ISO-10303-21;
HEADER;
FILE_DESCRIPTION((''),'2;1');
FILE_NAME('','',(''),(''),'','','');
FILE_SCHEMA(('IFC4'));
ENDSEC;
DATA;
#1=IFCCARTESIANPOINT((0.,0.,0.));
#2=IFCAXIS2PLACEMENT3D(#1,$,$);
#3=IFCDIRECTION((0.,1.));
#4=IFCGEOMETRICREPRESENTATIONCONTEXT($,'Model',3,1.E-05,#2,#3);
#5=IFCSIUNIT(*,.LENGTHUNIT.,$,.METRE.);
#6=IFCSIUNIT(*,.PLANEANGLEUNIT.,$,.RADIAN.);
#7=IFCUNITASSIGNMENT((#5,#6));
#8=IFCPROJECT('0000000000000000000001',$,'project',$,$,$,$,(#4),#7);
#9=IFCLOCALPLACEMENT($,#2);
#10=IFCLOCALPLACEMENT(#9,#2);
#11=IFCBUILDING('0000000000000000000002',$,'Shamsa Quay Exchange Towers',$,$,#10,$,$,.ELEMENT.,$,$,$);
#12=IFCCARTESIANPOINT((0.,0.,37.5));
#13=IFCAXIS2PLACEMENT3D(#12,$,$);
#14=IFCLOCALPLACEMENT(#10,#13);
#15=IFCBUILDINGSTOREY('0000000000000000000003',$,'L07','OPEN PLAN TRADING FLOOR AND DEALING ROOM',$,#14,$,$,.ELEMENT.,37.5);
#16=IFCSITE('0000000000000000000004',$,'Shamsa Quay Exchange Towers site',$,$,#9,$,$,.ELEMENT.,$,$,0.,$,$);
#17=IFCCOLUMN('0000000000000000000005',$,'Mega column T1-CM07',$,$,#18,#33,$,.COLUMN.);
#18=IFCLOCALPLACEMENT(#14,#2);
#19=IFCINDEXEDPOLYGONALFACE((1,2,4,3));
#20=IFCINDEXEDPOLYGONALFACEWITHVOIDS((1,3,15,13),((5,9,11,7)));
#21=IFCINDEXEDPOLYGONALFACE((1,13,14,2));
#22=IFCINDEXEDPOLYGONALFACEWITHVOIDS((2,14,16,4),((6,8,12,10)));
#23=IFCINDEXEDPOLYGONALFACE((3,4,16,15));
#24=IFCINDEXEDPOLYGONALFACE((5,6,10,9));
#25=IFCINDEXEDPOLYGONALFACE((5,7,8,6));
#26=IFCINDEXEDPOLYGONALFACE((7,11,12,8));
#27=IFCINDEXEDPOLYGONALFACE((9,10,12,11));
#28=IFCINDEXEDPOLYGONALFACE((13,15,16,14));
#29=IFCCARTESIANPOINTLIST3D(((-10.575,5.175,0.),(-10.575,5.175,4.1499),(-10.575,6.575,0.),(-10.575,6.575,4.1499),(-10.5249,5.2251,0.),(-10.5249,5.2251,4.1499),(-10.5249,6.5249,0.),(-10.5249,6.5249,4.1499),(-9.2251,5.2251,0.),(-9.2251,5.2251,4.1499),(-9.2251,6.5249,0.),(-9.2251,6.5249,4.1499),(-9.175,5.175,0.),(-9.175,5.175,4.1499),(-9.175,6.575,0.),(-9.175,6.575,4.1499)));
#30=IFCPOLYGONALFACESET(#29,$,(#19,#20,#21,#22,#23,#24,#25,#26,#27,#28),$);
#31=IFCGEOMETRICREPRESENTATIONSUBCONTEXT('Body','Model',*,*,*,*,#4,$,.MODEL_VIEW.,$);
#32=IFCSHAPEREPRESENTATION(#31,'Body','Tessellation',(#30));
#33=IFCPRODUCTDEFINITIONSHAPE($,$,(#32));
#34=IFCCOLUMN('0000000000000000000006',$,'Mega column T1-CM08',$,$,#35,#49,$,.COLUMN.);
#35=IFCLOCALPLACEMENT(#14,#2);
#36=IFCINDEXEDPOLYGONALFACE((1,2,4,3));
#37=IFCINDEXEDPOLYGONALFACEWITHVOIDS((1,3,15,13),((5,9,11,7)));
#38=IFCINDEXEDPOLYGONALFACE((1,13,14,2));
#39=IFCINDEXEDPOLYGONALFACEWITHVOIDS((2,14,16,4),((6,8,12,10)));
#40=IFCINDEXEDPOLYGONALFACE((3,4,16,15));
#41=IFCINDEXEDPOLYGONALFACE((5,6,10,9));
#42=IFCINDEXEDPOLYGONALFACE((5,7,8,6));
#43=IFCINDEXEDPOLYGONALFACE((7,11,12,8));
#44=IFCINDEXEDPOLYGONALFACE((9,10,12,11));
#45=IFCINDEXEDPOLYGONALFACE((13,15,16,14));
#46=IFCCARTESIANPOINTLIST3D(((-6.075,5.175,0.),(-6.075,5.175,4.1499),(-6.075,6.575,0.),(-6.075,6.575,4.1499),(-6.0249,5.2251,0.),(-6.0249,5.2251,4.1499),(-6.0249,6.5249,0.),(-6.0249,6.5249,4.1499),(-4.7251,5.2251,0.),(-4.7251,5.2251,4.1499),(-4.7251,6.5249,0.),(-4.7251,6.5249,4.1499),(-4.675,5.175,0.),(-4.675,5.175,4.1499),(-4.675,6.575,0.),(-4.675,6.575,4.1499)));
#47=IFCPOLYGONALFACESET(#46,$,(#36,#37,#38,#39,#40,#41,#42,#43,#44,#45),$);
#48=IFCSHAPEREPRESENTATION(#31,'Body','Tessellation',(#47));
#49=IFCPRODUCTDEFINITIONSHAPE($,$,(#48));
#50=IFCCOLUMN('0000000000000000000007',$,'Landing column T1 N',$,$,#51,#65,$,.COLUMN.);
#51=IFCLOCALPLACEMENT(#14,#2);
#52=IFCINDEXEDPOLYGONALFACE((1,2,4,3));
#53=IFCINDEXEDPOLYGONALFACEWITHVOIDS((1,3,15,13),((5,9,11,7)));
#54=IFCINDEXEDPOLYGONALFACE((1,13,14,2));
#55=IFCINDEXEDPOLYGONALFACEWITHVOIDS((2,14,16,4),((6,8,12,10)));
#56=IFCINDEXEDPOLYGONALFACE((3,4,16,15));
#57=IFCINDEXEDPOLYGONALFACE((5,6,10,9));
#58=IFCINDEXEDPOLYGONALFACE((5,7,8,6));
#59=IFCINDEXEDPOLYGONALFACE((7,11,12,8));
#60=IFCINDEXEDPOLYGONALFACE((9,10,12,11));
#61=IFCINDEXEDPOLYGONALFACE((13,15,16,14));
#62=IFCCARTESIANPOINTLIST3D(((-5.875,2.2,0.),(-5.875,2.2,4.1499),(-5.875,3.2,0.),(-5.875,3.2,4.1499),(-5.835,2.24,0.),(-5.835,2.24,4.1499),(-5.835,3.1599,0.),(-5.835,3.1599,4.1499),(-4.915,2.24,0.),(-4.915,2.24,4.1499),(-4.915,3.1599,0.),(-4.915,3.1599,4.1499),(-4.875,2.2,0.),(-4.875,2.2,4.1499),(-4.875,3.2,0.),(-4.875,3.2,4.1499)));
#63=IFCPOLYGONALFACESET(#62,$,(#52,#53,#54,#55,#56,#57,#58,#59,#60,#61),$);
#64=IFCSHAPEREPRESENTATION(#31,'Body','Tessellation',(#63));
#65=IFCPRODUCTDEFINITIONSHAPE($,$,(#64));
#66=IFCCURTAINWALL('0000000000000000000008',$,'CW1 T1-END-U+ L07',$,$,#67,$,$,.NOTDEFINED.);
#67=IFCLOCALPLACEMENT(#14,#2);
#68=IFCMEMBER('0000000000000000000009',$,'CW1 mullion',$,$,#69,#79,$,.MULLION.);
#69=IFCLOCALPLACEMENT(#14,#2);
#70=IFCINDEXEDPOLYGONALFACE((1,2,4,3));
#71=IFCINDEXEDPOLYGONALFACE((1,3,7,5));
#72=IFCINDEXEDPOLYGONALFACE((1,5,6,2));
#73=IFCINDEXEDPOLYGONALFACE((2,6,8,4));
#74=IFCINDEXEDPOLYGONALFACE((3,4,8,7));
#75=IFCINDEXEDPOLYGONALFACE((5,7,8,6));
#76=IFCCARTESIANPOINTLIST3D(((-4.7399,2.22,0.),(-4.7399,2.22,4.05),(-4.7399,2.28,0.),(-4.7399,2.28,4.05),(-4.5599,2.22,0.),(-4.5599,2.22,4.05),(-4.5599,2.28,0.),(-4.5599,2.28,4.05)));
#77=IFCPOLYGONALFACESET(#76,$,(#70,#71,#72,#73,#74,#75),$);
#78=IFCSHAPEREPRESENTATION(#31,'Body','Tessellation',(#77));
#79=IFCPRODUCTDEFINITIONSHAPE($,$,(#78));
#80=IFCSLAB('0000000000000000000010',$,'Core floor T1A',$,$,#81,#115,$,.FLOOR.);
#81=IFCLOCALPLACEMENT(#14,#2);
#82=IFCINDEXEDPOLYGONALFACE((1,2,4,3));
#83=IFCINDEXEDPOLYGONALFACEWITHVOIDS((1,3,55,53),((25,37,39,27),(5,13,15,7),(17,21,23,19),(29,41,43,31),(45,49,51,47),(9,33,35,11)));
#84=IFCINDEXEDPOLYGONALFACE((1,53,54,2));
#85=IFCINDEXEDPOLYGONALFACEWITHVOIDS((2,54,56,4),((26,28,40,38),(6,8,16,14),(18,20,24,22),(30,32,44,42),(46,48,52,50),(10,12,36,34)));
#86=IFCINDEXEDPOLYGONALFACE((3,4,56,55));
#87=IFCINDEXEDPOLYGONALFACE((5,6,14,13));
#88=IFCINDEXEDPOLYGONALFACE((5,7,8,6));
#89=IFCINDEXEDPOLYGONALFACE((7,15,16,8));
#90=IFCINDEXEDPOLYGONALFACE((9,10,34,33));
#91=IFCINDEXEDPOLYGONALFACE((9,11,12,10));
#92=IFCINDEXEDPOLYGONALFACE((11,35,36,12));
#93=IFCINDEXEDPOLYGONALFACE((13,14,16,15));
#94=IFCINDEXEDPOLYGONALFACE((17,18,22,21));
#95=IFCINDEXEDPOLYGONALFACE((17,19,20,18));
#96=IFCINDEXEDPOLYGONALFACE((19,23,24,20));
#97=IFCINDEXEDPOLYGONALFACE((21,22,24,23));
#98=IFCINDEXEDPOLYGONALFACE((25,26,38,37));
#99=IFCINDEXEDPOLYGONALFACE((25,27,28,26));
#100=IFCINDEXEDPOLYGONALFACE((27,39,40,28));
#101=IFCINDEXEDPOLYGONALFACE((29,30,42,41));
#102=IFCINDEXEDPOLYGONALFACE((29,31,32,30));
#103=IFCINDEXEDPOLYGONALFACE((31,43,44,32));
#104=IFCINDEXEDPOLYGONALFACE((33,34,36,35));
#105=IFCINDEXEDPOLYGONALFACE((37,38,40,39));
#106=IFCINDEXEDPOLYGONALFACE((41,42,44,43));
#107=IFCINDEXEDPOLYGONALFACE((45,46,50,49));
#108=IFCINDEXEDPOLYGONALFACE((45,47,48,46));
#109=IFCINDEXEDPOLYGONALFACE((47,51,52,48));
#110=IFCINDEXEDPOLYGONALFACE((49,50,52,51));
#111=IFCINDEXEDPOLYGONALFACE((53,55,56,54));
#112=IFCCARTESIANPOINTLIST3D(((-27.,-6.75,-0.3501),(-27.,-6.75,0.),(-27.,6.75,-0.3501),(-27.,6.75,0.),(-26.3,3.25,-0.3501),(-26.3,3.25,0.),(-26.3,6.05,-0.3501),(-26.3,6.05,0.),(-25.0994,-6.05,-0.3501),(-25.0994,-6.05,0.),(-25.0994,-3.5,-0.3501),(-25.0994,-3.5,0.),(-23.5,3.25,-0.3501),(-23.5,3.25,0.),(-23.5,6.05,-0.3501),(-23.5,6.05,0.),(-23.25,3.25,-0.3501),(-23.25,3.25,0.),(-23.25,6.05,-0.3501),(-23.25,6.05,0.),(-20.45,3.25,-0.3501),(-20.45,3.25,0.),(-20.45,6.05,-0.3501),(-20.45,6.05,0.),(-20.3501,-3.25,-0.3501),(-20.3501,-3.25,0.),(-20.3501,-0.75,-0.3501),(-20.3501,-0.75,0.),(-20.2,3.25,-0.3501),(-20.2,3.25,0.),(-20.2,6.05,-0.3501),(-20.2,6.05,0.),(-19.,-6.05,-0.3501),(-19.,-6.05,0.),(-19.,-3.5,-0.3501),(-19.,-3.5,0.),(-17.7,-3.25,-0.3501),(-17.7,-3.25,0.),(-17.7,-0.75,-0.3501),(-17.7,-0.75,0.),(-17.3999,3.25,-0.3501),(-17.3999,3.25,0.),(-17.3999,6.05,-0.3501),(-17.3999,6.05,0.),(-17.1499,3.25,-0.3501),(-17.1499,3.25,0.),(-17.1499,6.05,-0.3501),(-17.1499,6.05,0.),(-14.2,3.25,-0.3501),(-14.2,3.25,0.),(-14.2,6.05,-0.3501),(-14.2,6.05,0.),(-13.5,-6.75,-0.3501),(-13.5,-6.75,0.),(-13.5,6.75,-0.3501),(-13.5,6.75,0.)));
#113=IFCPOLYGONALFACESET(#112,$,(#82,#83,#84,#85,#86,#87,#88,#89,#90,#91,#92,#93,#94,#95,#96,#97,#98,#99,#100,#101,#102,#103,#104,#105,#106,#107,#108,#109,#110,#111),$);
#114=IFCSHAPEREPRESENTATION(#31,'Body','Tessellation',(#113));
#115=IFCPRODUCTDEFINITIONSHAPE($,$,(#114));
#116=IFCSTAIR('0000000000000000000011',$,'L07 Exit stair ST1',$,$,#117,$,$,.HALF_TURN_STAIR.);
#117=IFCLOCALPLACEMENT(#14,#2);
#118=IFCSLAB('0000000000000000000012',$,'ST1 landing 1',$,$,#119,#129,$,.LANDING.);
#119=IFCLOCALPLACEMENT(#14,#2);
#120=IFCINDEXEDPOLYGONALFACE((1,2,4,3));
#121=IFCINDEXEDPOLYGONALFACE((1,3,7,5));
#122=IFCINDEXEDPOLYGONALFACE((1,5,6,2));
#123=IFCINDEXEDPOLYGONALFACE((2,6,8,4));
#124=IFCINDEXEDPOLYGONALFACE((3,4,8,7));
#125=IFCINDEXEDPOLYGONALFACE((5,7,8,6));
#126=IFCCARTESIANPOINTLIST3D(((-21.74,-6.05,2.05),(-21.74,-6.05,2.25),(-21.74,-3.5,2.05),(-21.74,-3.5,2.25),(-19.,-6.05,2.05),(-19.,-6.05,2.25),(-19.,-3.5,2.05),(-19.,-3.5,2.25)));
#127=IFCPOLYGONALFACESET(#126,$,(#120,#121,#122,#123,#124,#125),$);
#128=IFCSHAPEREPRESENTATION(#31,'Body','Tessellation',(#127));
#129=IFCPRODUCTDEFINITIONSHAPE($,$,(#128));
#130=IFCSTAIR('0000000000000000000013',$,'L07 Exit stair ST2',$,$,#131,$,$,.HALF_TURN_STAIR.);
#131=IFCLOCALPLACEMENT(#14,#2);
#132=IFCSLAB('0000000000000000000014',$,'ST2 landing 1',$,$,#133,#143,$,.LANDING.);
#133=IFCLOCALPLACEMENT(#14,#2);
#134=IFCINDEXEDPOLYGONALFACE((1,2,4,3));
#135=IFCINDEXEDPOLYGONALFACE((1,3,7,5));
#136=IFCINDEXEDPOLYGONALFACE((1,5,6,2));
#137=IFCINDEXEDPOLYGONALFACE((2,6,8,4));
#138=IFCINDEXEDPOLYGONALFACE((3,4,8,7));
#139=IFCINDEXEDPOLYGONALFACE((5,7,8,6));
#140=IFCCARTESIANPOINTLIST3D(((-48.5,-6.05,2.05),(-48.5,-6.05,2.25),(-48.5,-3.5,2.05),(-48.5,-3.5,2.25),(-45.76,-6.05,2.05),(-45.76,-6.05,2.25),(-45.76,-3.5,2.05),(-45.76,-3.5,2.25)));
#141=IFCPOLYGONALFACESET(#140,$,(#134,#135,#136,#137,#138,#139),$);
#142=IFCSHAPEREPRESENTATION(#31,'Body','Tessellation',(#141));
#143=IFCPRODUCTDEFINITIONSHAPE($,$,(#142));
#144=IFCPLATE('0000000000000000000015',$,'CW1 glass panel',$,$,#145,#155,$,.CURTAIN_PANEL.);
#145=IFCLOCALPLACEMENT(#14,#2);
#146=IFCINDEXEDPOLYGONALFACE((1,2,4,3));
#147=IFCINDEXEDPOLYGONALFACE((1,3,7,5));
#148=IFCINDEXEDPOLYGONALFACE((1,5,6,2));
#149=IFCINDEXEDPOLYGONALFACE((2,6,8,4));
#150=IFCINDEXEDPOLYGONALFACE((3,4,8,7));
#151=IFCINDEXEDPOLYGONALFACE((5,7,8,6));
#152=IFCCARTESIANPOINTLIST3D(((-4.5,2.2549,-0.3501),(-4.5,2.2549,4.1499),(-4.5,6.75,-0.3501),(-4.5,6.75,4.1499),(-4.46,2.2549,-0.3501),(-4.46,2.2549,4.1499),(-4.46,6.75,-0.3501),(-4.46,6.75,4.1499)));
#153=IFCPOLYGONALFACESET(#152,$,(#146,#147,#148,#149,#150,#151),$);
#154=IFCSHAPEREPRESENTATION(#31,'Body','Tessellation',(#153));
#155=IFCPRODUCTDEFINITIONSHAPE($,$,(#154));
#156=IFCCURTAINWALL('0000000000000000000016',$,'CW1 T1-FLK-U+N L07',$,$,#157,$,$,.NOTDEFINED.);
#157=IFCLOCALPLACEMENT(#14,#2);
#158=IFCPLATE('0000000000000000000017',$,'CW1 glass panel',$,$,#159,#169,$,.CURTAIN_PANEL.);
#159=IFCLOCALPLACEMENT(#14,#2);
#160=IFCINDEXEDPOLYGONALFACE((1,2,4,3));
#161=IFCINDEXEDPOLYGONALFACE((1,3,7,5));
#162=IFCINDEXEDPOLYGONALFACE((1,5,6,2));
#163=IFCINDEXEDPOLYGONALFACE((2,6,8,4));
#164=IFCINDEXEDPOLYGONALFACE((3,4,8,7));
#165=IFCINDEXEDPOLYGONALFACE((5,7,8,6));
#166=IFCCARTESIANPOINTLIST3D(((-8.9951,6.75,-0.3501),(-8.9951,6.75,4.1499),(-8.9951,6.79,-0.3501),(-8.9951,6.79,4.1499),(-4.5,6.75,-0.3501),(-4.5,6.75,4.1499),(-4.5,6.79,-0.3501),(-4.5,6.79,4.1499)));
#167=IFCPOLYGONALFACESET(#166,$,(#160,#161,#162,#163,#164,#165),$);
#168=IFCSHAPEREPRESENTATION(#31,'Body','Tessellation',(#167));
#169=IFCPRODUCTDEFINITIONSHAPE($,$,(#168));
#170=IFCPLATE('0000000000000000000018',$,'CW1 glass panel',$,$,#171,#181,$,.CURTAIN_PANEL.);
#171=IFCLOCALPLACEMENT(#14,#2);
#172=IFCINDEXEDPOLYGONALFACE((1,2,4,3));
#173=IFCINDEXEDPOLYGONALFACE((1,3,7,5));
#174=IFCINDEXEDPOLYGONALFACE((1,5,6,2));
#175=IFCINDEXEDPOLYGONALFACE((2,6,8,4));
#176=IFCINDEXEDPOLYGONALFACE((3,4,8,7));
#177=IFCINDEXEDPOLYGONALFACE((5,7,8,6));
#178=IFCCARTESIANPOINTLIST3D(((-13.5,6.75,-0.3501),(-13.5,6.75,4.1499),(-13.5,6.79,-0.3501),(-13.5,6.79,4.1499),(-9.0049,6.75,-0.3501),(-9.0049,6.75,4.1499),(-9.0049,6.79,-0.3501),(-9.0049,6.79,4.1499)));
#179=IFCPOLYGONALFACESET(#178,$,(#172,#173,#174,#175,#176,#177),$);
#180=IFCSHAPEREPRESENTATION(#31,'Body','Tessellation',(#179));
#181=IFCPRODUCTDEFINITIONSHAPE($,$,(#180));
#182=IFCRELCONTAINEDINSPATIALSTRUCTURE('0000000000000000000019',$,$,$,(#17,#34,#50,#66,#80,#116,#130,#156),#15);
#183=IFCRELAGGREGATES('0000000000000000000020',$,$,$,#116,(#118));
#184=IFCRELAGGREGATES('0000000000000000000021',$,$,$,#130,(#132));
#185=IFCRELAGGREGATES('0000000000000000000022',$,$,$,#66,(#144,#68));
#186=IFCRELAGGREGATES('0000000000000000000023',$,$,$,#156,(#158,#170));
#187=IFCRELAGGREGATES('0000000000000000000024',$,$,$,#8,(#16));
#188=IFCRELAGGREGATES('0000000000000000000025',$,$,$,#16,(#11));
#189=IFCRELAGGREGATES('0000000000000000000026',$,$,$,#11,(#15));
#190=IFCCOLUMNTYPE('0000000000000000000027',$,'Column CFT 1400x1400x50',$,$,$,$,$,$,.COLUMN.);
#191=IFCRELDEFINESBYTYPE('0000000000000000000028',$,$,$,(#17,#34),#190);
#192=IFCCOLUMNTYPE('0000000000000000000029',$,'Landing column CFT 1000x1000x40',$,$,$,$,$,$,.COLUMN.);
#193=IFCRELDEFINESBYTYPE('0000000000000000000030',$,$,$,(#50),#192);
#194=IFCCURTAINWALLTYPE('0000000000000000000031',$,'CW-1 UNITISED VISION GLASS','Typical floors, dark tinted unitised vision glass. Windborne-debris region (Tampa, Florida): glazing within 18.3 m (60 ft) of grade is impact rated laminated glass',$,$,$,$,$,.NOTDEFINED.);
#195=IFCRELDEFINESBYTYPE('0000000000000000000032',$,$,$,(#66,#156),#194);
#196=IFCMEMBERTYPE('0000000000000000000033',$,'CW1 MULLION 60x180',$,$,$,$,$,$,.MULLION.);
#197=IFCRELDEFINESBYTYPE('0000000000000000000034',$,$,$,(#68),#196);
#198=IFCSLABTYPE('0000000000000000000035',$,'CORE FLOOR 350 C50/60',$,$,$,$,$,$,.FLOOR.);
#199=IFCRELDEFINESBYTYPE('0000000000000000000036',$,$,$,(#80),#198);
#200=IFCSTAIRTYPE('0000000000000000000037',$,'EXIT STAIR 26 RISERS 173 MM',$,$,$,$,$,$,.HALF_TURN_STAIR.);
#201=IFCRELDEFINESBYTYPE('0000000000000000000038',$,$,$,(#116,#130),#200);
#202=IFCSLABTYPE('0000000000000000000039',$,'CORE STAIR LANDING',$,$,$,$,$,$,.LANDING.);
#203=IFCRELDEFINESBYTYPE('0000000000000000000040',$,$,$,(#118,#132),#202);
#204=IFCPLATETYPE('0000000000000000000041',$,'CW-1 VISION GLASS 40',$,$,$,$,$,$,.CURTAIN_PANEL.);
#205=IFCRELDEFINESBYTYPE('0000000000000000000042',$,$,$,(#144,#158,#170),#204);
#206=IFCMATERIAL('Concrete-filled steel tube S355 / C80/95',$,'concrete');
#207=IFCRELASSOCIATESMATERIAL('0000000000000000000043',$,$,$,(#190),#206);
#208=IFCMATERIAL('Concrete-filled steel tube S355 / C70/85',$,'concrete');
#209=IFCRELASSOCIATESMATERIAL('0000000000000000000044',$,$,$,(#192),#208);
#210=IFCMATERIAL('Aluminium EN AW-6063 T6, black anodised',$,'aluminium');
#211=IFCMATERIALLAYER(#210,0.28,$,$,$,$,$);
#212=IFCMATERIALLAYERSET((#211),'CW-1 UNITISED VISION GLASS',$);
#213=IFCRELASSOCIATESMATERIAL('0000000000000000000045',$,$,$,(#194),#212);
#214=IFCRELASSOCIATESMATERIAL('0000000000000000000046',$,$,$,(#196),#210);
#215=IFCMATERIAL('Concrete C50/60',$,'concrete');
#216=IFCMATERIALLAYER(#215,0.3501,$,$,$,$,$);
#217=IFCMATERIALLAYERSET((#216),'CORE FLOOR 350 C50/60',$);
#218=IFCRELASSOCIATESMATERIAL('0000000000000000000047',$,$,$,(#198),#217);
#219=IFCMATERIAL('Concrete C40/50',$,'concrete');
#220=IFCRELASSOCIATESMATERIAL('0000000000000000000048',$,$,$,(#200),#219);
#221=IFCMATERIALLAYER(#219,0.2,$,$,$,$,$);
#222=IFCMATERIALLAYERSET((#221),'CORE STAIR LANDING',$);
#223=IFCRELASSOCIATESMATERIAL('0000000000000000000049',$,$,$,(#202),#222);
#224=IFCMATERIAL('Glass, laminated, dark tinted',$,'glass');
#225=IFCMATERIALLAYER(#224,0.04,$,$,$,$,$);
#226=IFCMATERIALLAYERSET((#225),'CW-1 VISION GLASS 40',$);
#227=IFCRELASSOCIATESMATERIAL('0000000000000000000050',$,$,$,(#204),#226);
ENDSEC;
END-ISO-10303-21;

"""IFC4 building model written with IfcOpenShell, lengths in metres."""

from ifc_helpers import new_model, si_unit, direction, frame, origin, origin_2d, place, context, subcontext, project, spatial, polyline, rectangle, hollow_rectangle, outline, extrude, material, layer, layer_set, material_profile, profile_set, type_object, element, aggregate, save


model = new_model("IFC4")

# Units and contexts
model_context = context("Model", 3, precision=1e-05, world=origin(), true_north=direction((0.0, 1.0)))
body_context = subcontext(model_context, "Body", "Model", "MODEL_VIEW")
ifc_project = project(units=[si_unit("LENGTHUNIT", "METRE"), si_unit("PLANEANGLEUNIT", "RADIAN")], contexts=[model_context])

# Site, building, storey
site_placement = place(None, origin())
site = spatial("IfcSite", under=ifc_project, at=site_placement, Name="Shamsa Quay Exchange Towers site", CompositionType="ELEMENT", RefElevation=0.0)
building_placement = place(site_placement, origin())
building = spatial("IfcBuilding", under=site, at=building_placement, Name="Shamsa Quay Exchange Towers", CompositionType="ELEMENT")
storey_placement = place(building_placement, frame((0.0, 0.0, 37.5)))
storey = spatial("IfcBuildingStorey", under=building, at=storey_placement, Name="L07", Description="OPEN PLAN TRADING FLOOR AND DEALING ROOM", CompositionType="ELEMENT", Elevation=37.5)

# Columns
ifc_material_1 = material(Name="Concrete-filled steel tube S355 / C80/95", Category="concrete")
ifc_material_profile_1 = material_profile(ifc_material_1, hollow_rectangle(XDim=1.3999, YDim=1.3999, WallThickness=0.05, at=origin_2d()), Name="CFT 1400x1400x50")
ifc_profile_set_1 = profile_set([ifc_material_profile_1], Name="Concrete-filled steel tube S355 / C80/95")
column_type_1 = type_object("IfcColumnType", Name="Column CFT 1400x1400x50", PredefinedType="COLUMN", material=ifc_profile_set_1)
for number, where, name in (
    (1, (-9.875, 5.875, 0.0), "Mega column T1-CM07"),
    (2, (-5.375, 5.875, 0.0), "Mega column T1-CM08"),
):
    element("IfcColumn", number, at=place(storey_placement, frame(where)), inside=storey, type_object=column_type_1, Name=name, PredefinedType="COLUMN", context=body_context, shape_type="SweptSolid", body=[
        extrude(hollow_rectangle(XDim=1.3999, YDim=1.3999, WallThickness=0.05, at=origin_2d()), origin(), (0.0, 0.0, 1.0), 4.1499),
    ])
ifc_material_2 = material(Name="Concrete-filled steel tube S355 / C70/85", Category="concrete")
ifc_material_profile_2 = material_profile(ifc_material_2, hollow_rectangle(XDim=1.0, YDim=1.0, WallThickness=0.04, at=origin_2d()), Name="CFT 1000x1000x40")
ifc_profile_set_2 = profile_set([ifc_material_profile_2], Name="Concrete-filled steel tube S355 / C70/85")
column_type_2 = type_object("IfcColumnType", Name="Landing column CFT 1000x1000x40", PredefinedType="COLUMN", material=ifc_profile_set_2)
column_placement = place(storey_placement, frame((-5.375, 2.7, 0.0)))
element("IfcColumn", 3, at=column_placement, inside=storey, type_object=column_type_2, Name="Landing column T1 N", PredefinedType="COLUMN", context=body_context, shape_type="SweptSolid", body=[
    extrude(hollow_rectangle(XDim=1.0, YDim=1.0, WallThickness=0.04, at=origin_2d()), origin(), (0.0, 0.0, 1.0), 4.1499),
])

# Curtain wall, member
ifc_material_3 = material(Name="Aluminium EN AW-6063 T6, black anodised", Category="aluminium")
ifc_layer_1 = layer(ifc_material_3, 0.28)
ifc_layer_set_1 = layer_set([ifc_layer_1], Name="CW-1 UNITISED VISION GLASS")
curtain_wall_type_1 = type_object("IfcCurtainWallType", Name="CW-1 UNITISED VISION GLASS", Description="Typical floors, dark tinted unitised vision glass. Windborne-debris region (Tampa, Florida): glazing within 18.3 m (60 ft) of grade is impact rated laminated glass", PredefinedType="NOTDEFINED", material=ifc_layer_set_1)
curtain_wall_1_placement = place(storey_placement, origin())
curtain_wall_1 = element("IfcCurtainWall", 4, at=curtain_wall_1_placement, inside=storey, type_object=curtain_wall_type_1, Name="CW1 T1-END-U+ L07", PredefinedType="NOTDEFINED")
ifc_material_profile_3 = material_profile(ifc_material_3, rectangle(XDim=0.1799, YDim=0.0601, at=origin_2d()), Name="MU60x180")
ifc_profile_set_3 = profile_set([ifc_material_profile_3], Name="Aluminium EN AW-6063 T6, black anodised")
member_type = type_object("IfcMemberType", Name="CW1 MULLION 60x180", PredefinedType="MULLION", material=ifc_profile_set_3)
member_placement = place(storey_placement, frame((-4.6499, 2.25, 0.0), z_axis=(0.0, 0.0, 1.0), x_axis=(-1.0, 0.0, 0.0)))
member = element("IfcMember", 5, at=member_placement, type_object=member_type, Name="CW1 mullion", PredefinedType="MULLION", context=body_context, shape_type="SweptSolid", body=[
    extrude(rectangle(XDim=0.1799, YDim=0.0601, at=origin_2d()), origin(), (0.0, 0.0, 1.0), 4.05),
])

# Slab
ifc_material_4 = material(Name="Concrete C50/60", Category="concrete")
ifc_layer_2 = layer(ifc_material_4, 0.3501)
ifc_layer_set_2 = layer_set([ifc_layer_2], Name="CORE FLOOR 350 C50/60")
slab_type_1 = type_object("IfcSlabType", Name="CORE FLOOR 350 C50/60", PredefinedType="FLOOR", material=ifc_layer_set_2)
slab_1_placement = place(storey_placement, frame((0.0, 0.0, -0.3501)))
element("IfcSlab", 6, at=slab_1_placement, inside=storey, type_object=slab_type_1, Name="Core floor T1A", PredefinedType="FLOOR", context=body_context, shape_type="SweptSolid", body=[
    extrude(outline(polyline([(-27.0, -6.75), (-13.5, -6.75), (-13.5, 6.75), (-27.0, 6.75), (-27.0, -6.75)]), holes=[polyline([(-25.0994, -6.05), (-25.0994, -3.5), (-19.0, -3.5), (-19.0, -6.05), (-25.0994, -6.05)]), polyline([(-26.3, 3.25), (-26.3, 6.05), (-23.5, 6.05), (-23.5, 3.25), (-26.3, 3.25)]), polyline([(-23.25, 3.25), (-23.25, 6.05), (-20.45, 6.05), (-20.45, 3.25), (-23.25, 3.25)]), polyline([(-20.2, 3.25), (-20.2, 6.05), (-17.3999, 6.05), (-17.3999, 3.25), (-20.2, 3.25)]), polyline([(-17.1499, 3.25), (-17.1499, 6.05), (-14.2, 6.05), (-14.2, 3.25), (-17.1499, 3.25)]), polyline([(-20.3501, -3.25), (-20.3501, -0.75), (-17.7, -0.75), (-17.7, -3.25), (-20.3501, -3.25)])]), origin(), (0.0, 0.0, 1.0), 0.3501),
])

# Stairs, slabs
ifc_material_5 = material(Name="Concrete C40/50", Category="concrete")
stair_type = type_object("IfcStairType", Name="EXIT STAIR 26 RISERS 173 MM", PredefinedType="HALF_TURN_STAIR", material=ifc_material_5)
stair_1_placement = place(storey_placement, origin())
stair_1 = element("IfcStair", 7, at=stair_1_placement, inside=storey, type_object=stair_type, Name="L07 Exit stair ST1", PredefinedType="HALF_TURN_STAIR")
ifc_layer_3 = layer(ifc_material_5, 0.2)
ifc_layer_set_3 = layer_set([ifc_layer_3], Name="CORE STAIR LANDING")
slab_type_2 = type_object("IfcSlabType", Name="CORE STAIR LANDING", PredefinedType="LANDING", material=ifc_layer_set_3)
slab_2_placement = place(storey_placement, frame((0.0, 0.0, 2.05)))
slab_2 = element("IfcSlab", 8, at=slab_2_placement, type_object=slab_type_2, Name="ST1 landing 1", PredefinedType="LANDING", context=body_context, shape_type="SweptSolid", body=[
    extrude(outline(polyline([(-21.74, -6.05), (-19.0, -6.05), (-19.0, -3.5), (-21.74, -3.5), (-21.74, -6.05)])), origin(), (0.0, 0.0, 1.0), 0.2),
])
aggregate(stair_1, [slab_2])
stair_2_placement = place(storey_placement, origin())
stair_2 = element("IfcStair", 9, at=stair_2_placement, inside=storey, type_object=stair_type, Name="L07 Exit stair ST2", PredefinedType="HALF_TURN_STAIR")
slab_3_placement = place(storey_placement, frame((0.0, 0.0, 2.05)))
slab_3 = element("IfcSlab", 10, at=slab_3_placement, type_object=slab_type_2, Name="ST2 landing 1", PredefinedType="LANDING", context=body_context, shape_type="SweptSolid", body=[
    extrude(outline(polyline([(-45.76, -3.5), (-48.5, -3.5), (-48.5, -6.05), (-45.76, -6.05), (-45.76, -3.5)])), origin(), (0.0, 0.0, 1.0), 0.2),
])
aggregate(stair_2, [slab_3])

# Plate
ifc_material_6 = material(Name="Glass, laminated, dark tinted", Category="glass")
ifc_layer_4 = layer(ifc_material_6, 0.04)
ifc_layer_set_4 = layer_set([ifc_layer_4], Name="CW-1 VISION GLASS 40")
plate_type_1 = type_object("IfcPlateType", Name="CW-1 VISION GLASS 40", PredefinedType="CURTAIN_PANEL", material=ifc_layer_set_4)
plate_1_placement = place(storey_placement, frame((-4.48, 4.5024, -0.3501), z_axis=(0.0, 0.0, 1.0), x_axis=(0.0, 1.0, 0.0)))
plate_1 = element("IfcPlate", 11, at=plate_1_placement, type_object=plate_type_1, Name="CW1 glass panel", PredefinedType="CURTAIN_PANEL", context=body_context, shape_type="SweptSolid", body=[
    extrude(rectangle(XDim=4.4951, YDim=0.04, at=origin_2d()), origin(), (0.0, 0.0, 1.0), 4.5),
])
aggregate(curtain_wall_1, [plate_1, member])

# Curtain wall, plates
curtain_wall_2_placement = place(storey_placement, origin())
curtain_wall_2 = element("IfcCurtainWall", 12, at=curtain_wall_2_placement, inside=storey, type_object=curtain_wall_type_1, Name="CW1 T1-FLK-U+N L07", PredefinedType="NOTDEFINED")
plate_2_placement = place(storey_placement, frame((-6.7476, 6.77, -0.3501), z_axis=(0.0, 0.0, 1.0), x_axis=(-1.0, 0.0, 0.0)))
plate_2 = element("IfcPlate", 13, at=plate_2_placement, type_object=plate_type_1, Name="CW1 glass panel", PredefinedType="CURTAIN_PANEL", context=body_context, shape_type="SweptSolid", body=[
    extrude(rectangle(XDim=4.4951, YDim=0.04, at=origin_2d()), origin(), (0.0, 0.0, 1.0), 4.5),
])
plate_3_placement = place(storey_placement, frame((-11.2524, 6.77, -0.3501), z_axis=(0.0, 0.0, 1.0), x_axis=(-1.0, 0.0, 0.0)))
plate_3 = element("IfcPlate", 14, at=plate_3_placement, type_object=plate_type_1, Name="CW1 glass panel", PredefinedType="CURTAIN_PANEL", context=body_context, shape_type="SweptSolid", body=[
    extrude(rectangle(XDim=4.4951, YDim=0.04, at=origin_2d()), origin(), (0.0, 0.0, 1.0), 4.5),
])
aggregate(curtain_wall_2, [plate_2, plate_3])

save(model, "model.ifc")
